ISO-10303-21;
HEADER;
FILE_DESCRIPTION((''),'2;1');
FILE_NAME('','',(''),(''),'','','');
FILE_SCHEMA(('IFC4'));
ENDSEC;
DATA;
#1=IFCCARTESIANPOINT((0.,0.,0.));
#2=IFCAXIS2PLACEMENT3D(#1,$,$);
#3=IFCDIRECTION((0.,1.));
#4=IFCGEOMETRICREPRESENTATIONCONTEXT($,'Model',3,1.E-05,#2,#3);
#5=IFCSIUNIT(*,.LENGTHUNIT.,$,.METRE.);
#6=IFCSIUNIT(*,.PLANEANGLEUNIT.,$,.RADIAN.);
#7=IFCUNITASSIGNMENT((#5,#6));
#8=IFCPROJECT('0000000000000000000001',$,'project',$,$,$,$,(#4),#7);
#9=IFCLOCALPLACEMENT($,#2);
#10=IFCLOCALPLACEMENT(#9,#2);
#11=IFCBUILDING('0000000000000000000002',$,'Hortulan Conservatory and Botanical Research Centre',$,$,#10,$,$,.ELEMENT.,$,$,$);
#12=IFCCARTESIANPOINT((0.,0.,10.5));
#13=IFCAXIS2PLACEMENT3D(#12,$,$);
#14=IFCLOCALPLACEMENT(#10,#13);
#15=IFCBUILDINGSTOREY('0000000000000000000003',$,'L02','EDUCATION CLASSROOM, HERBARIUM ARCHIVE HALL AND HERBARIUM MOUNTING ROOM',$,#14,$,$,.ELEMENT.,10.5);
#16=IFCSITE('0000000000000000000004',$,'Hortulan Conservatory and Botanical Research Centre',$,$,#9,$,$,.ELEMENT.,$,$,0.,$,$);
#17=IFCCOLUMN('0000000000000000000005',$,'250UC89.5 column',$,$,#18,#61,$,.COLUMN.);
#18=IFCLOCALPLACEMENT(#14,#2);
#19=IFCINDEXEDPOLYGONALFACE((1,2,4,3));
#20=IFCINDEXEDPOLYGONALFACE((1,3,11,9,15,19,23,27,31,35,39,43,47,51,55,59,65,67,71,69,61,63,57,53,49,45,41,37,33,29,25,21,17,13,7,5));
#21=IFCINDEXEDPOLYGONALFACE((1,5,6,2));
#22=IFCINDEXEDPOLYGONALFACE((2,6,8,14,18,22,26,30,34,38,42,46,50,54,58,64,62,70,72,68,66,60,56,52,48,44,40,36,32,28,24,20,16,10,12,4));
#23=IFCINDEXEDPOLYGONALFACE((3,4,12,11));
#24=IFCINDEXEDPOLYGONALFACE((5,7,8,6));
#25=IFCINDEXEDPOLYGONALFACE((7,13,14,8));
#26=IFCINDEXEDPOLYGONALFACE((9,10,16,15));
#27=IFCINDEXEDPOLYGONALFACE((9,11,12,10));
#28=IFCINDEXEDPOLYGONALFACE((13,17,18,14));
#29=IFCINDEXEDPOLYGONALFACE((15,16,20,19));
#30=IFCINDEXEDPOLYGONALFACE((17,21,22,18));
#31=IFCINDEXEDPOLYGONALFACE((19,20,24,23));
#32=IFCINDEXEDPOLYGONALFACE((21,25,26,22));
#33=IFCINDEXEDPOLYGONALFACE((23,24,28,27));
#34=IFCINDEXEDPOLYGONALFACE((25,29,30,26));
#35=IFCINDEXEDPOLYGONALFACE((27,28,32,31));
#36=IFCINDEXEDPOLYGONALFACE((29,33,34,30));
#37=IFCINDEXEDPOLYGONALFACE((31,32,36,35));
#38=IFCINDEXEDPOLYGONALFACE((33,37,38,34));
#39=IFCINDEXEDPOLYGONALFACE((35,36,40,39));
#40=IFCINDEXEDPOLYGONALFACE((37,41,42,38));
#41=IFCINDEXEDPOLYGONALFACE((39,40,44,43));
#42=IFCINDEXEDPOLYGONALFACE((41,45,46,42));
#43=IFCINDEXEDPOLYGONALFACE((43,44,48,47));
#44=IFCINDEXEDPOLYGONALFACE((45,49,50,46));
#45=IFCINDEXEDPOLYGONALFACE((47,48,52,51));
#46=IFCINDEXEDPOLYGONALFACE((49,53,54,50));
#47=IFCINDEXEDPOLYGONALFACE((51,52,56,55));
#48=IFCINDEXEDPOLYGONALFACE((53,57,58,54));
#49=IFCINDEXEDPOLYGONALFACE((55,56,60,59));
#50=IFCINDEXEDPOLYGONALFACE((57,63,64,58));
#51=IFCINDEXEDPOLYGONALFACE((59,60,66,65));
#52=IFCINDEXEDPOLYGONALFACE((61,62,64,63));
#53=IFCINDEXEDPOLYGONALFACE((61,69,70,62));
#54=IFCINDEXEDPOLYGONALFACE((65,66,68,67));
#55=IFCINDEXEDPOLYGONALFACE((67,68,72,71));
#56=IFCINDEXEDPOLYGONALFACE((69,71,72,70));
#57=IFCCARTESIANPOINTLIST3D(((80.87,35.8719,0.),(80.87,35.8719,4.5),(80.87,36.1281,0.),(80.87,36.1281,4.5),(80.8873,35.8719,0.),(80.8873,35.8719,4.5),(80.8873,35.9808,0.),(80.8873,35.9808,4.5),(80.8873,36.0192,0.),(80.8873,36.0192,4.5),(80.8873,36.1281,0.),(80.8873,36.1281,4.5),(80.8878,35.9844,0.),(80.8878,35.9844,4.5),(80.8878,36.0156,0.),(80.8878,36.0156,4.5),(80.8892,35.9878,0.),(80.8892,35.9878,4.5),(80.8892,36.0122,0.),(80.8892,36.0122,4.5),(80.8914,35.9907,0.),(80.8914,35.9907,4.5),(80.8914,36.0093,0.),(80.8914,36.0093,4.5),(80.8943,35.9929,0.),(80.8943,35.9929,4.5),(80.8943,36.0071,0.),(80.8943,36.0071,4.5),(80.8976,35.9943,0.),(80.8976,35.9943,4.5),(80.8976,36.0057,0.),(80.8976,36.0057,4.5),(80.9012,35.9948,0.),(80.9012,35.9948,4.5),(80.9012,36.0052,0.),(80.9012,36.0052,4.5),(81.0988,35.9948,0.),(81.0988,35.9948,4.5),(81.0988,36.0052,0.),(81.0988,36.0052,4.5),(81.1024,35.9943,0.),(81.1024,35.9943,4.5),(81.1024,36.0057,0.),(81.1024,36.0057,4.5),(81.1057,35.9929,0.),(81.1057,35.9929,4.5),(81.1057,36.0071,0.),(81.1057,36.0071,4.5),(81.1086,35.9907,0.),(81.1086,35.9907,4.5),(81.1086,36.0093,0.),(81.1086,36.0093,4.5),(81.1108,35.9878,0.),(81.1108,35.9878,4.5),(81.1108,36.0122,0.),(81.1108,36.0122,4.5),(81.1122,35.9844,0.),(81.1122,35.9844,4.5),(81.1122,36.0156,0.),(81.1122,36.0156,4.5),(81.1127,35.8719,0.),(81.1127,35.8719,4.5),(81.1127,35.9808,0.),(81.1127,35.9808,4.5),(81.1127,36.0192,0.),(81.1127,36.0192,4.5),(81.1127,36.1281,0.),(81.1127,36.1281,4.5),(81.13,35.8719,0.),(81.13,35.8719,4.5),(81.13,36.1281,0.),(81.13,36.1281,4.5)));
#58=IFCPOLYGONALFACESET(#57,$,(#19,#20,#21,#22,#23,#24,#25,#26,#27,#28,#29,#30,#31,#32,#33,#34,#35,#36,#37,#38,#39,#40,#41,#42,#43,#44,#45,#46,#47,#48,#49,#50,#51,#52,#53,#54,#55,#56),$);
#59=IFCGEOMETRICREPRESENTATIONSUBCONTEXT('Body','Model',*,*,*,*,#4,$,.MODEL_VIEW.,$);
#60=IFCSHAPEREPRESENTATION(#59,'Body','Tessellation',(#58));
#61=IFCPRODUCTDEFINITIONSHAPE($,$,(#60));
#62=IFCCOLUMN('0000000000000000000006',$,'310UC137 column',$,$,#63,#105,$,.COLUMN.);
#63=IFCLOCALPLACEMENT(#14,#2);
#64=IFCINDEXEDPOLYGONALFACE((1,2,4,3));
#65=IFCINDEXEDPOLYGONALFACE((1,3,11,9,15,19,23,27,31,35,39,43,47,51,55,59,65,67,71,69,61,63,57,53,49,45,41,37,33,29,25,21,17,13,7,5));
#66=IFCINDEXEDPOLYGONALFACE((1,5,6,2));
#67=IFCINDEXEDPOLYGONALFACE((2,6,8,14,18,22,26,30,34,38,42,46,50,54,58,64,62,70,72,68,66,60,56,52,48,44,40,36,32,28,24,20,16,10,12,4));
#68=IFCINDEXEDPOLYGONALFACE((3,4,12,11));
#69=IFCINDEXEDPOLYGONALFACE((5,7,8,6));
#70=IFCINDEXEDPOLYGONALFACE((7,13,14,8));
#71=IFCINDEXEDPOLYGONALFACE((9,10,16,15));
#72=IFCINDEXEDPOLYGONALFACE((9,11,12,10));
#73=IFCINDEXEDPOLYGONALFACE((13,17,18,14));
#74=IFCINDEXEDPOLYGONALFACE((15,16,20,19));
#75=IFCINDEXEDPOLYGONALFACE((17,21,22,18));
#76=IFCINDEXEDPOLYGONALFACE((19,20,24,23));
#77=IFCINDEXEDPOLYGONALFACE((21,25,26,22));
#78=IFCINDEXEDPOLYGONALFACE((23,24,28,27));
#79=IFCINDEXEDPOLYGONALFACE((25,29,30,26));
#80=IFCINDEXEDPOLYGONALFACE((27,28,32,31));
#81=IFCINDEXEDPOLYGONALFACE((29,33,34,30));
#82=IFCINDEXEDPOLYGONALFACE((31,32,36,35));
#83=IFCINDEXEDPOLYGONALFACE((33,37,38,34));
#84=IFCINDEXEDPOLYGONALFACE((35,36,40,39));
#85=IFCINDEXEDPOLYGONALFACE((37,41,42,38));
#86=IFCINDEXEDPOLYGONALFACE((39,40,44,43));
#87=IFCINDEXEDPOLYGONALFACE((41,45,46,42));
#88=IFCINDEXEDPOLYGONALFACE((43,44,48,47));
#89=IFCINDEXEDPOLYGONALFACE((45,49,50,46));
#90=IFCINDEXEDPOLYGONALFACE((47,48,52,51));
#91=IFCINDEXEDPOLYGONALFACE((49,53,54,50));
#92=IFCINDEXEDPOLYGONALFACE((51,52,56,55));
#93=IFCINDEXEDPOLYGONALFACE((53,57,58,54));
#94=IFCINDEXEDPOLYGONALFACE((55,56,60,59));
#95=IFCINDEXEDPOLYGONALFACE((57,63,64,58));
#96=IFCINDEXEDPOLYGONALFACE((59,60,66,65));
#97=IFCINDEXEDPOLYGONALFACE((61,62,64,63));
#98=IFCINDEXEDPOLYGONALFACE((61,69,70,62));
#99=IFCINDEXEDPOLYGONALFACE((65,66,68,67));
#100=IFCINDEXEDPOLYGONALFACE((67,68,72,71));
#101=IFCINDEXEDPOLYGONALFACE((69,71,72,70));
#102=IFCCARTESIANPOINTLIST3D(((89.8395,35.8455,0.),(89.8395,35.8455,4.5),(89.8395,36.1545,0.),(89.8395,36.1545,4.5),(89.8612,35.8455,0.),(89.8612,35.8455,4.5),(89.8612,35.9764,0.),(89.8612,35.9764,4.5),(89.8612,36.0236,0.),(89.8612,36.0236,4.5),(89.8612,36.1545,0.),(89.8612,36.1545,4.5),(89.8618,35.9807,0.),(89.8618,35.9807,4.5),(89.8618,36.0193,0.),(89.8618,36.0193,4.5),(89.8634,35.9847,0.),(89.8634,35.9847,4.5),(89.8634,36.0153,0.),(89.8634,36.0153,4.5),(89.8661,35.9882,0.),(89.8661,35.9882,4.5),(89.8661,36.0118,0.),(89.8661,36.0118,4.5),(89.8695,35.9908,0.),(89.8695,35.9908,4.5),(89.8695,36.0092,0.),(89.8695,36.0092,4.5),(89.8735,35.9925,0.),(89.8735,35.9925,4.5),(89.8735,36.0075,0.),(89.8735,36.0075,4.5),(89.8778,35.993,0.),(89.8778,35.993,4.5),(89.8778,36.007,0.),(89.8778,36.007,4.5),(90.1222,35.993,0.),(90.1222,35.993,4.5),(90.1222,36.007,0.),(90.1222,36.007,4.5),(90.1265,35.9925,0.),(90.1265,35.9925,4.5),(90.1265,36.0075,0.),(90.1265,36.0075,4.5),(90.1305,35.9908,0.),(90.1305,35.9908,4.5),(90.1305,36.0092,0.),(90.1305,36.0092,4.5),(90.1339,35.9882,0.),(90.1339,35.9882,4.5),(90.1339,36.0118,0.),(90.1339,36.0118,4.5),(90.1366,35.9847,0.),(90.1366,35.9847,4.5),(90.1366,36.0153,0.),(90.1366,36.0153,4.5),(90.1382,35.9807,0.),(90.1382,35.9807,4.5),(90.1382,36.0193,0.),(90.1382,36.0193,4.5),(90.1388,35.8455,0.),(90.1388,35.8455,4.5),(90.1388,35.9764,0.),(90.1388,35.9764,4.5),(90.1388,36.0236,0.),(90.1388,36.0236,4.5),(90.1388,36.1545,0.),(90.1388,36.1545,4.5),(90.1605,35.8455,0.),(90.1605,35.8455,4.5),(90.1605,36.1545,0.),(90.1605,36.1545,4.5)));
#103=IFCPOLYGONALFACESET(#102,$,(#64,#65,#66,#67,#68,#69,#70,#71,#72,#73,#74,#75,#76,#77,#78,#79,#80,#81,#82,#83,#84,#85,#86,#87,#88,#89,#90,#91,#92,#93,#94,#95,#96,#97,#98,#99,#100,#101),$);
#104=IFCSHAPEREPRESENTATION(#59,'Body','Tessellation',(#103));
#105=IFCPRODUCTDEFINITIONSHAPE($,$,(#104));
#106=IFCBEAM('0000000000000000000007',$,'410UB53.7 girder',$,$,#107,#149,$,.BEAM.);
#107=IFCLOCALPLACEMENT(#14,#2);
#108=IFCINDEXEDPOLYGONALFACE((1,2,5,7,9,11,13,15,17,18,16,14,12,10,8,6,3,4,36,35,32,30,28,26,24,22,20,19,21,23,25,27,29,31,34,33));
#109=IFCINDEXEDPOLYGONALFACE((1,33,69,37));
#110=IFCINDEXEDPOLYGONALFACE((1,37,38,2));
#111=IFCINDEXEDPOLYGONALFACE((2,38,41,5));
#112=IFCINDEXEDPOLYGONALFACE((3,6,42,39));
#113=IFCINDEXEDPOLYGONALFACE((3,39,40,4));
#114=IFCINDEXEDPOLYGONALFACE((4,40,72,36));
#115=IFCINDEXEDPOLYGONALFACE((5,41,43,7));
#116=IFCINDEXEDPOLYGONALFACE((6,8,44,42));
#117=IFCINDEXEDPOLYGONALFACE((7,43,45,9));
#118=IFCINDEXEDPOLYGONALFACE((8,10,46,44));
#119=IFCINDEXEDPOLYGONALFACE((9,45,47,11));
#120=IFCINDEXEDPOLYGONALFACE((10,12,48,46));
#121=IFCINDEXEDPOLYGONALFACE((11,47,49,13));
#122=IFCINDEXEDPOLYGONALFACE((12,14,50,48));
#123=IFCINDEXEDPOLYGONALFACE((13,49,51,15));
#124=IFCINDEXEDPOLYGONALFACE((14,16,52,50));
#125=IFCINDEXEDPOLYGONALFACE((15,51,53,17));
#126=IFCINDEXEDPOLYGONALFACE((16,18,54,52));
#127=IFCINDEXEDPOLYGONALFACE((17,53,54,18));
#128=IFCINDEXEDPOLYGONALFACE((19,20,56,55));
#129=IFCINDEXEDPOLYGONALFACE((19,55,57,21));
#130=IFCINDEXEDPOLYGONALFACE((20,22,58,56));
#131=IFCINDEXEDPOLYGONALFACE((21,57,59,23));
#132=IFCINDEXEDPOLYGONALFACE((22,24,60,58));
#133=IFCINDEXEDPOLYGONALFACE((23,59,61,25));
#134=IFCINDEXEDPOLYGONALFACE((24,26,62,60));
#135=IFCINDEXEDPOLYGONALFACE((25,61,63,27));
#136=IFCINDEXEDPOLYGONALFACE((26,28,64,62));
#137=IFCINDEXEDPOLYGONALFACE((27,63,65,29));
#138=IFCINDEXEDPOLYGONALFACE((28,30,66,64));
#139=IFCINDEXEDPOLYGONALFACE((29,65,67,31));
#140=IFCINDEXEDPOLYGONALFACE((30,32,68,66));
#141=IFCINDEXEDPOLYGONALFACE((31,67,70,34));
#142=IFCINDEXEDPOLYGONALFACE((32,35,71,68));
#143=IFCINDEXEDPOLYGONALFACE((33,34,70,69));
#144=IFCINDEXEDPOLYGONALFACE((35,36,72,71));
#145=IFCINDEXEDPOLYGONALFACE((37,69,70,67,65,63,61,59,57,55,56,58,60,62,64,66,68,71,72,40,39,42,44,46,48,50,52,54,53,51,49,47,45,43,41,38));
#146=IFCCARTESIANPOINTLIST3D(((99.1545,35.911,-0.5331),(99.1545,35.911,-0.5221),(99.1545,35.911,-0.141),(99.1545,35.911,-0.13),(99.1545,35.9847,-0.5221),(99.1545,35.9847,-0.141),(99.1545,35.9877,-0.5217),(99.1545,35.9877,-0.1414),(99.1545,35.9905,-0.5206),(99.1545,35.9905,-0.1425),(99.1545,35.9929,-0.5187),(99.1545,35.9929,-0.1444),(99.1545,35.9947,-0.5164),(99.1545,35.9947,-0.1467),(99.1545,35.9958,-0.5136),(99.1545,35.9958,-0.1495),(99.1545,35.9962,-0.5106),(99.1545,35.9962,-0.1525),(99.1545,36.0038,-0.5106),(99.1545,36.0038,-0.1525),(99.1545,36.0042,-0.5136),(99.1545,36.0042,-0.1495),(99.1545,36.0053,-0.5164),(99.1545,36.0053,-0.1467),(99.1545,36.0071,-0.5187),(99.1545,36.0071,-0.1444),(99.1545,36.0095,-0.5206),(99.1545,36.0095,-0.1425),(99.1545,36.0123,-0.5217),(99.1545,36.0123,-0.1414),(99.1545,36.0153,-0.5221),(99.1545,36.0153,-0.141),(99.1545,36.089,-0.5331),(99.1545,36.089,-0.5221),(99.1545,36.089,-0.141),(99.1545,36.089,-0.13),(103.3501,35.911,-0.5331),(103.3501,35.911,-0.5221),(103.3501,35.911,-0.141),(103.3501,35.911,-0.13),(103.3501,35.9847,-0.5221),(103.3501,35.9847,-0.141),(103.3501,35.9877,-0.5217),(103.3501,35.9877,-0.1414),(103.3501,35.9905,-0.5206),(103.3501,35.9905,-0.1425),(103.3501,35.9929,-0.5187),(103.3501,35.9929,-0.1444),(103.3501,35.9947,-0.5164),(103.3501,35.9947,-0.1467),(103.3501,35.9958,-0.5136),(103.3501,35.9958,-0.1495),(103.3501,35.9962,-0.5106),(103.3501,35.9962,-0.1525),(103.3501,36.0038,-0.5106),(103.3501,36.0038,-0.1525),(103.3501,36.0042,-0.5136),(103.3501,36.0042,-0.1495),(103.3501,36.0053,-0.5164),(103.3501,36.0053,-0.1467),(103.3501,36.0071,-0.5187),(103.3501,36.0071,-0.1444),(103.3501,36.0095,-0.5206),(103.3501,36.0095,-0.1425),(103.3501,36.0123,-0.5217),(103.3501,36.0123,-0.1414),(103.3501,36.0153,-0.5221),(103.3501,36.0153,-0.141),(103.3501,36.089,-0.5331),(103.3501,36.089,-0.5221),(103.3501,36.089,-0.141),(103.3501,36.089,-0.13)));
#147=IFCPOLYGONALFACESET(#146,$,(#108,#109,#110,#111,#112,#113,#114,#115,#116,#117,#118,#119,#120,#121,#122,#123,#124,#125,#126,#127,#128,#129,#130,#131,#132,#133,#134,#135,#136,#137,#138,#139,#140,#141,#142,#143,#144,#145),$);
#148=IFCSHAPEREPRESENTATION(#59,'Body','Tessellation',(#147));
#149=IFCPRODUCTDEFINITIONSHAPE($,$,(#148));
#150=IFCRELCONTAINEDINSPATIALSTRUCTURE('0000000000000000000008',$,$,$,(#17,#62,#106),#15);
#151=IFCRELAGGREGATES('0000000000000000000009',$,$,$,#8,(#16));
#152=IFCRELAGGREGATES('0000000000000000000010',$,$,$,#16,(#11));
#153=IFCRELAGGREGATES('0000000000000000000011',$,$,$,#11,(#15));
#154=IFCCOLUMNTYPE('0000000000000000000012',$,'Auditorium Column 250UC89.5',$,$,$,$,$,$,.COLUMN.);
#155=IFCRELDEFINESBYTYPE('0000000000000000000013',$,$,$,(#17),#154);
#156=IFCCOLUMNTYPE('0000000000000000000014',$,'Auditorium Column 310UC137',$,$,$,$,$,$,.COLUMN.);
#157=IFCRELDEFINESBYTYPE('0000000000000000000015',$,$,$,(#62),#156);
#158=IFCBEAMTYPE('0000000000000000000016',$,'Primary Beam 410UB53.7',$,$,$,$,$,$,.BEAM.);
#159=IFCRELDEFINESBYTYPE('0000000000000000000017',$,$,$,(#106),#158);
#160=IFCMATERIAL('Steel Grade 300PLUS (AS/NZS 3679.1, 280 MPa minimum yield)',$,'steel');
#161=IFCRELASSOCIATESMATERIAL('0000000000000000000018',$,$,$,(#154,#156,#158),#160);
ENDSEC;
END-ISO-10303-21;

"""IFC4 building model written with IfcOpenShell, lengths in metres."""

from ifc_helpers import new_model, si_unit, direction, frame, origin, origin_2d, place, context, subcontext, project, spatial, i_section, extrude, material, material_profile, profile_set, type_object, element, save


model = new_model("IFC4")

# Units and contexts
model_context = context("Model", 3, precision=1e-05, world=origin(), true_north=direction((0.0, 1.0)))
body_context = subcontext(model_context, "Body", "Model", "MODEL_VIEW")
ifc_project = project(units=[si_unit("LENGTHUNIT", "METRE"), si_unit("PLANEANGLEUNIT", "RADIAN")], contexts=[model_context])

# Site, building, storey
site_placement = place(None, origin())
site = spatial("IfcSite", under=ifc_project, at=site_placement, Name="Hortulan Conservatory and Botanical Research Centre", CompositionType="ELEMENT", RefElevation=0.0)
building_placement = place(site_placement, origin())
building = spatial("IfcBuilding", under=site, at=building_placement, Name="Hortulan Conservatory and Botanical Research Centre", CompositionType="ELEMENT")
storey_placement = place(building_placement, frame((0.0, 0.0, 10.5)))
storey = spatial("IfcBuildingStorey", under=building, at=storey_placement, Name="L02", Description="EDUCATION CLASSROOM, HERBARIUM ARCHIVE HALL AND HERBARIUM MOUNTING ROOM", CompositionType="ELEMENT", Elevation=10.5)

# Columns
ifc_material_1 = material(Name="Steel Grade 300PLUS (AS/NZS 3679.1, 280 MPa minimum yield)", Category="steel")
ifc_material_profile_1 = material_profile(ifc_material_1, i_section(OverallWidth=0.2561, OverallDepth=0.26, WebThickness=0.0105, FlangeThickness=0.0173, FilletRadius=0.0139, at=origin_2d()), Name="250UC89.5")
ifc_profile_set_1 = profile_set([ifc_material_profile_1], Name="Steel Grade 300PLUS (AS/NZS 3679.1, 280 MPa minimum yield)")
column_type_1 = type_object("IfcColumnType", Name="Auditorium Column 250UC89.5", PredefinedType="COLUMN", material=ifc_profile_set_1)
column_1_placement = place(storey_placement, frame((81.0, 36.0, 0.0), z_axis=(0.0, 0.0, 1.0), x_axis=(0.0, 1.0, 0.0)))
element("IfcColumn", 1, at=column_1_placement, inside=storey, type_object=column_type_1, Name="250UC89.5 column", PredefinedType="COLUMN", context=body_context, shape_type="SweptSolid", body=[
    extrude(i_section(OverallWidth=0.2561, OverallDepth=0.26, WebThickness=0.0105, FlangeThickness=0.0173, FilletRadius=0.0139, at=origin_2d()), origin(), (0.0, 0.0, 1.0), 4.5),
])
ifc_material_profile_2 = material_profile(ifc_material_1, i_section(OverallWidth=0.3091, OverallDepth=0.321, WebThickness=0.0139, FlangeThickness=0.0217, FilletRadius=0.0166, at=origin_2d()), Name="310UC137")
ifc_profile_set_2 = profile_set([ifc_material_profile_2], Name="Steel Grade 300PLUS (AS/NZS 3679.1, 280 MPa minimum yield)")
column_type_2 = type_object("IfcColumnType", Name="Auditorium Column 310UC137", PredefinedType="COLUMN", material=ifc_profile_set_2)
column_2_placement = place(storey_placement, frame((90.0, 36.0, 0.0), z_axis=(0.0, 0.0, 1.0), x_axis=(0.0, 1.0, 0.0)))
element("IfcColumn", 2, at=column_2_placement, inside=storey, type_object=column_type_2, Name="310UC137 column", PredefinedType="COLUMN", context=body_context, shape_type="SweptSolid", body=[
    extrude(i_section(OverallWidth=0.3091, OverallDepth=0.321, WebThickness=0.0139, FlangeThickness=0.0217, FilletRadius=0.0166, at=origin_2d()), origin(), (0.0, 0.0, 1.0), 4.5),
])

# Beam
ifc_material_profile_3 = material_profile(ifc_material_1, i_section(OverallWidth=0.178, OverallDepth=0.4031, WebThickness=0.0076, FlangeThickness=0.011, FilletRadius=0.0115, at=origin_2d()), Name="410UB53.7")
ifc_profile_set_3 = profile_set([ifc_material_profile_3], Name="Steel Grade 300PLUS (AS/NZS 3679.1, 280 MPa minimum yield)")
beam_type_1 = type_object("IfcBeamType", Name="Primary Beam 410UB53.7", PredefinedType="BEAM", material=ifc_profile_set_3)
beam_1_placement = place(storey_placement, frame((99.1545, 36.0, -0.3315), z_axis=(1.0, 0.0, 0.0), x_axis=(0.0, 1.0, 0.0)))
element("IfcBeam", 3, at=beam_1_placement, inside=storey, type_object=beam_type_1, Name="410UB53.7 girder", PredefinedType="BEAM", context=body_context, shape_type="SweptSolid", body=[
    extrude(i_section(OverallWidth=0.178, OverallDepth=0.4031, WebThickness=0.0076, FlangeThickness=0.011, FilletRadius=0.0115, at=origin_2d()), origin(), (0.0, 0.0, 1.0), 4.1956),
])

save(model, "model.ifc")
